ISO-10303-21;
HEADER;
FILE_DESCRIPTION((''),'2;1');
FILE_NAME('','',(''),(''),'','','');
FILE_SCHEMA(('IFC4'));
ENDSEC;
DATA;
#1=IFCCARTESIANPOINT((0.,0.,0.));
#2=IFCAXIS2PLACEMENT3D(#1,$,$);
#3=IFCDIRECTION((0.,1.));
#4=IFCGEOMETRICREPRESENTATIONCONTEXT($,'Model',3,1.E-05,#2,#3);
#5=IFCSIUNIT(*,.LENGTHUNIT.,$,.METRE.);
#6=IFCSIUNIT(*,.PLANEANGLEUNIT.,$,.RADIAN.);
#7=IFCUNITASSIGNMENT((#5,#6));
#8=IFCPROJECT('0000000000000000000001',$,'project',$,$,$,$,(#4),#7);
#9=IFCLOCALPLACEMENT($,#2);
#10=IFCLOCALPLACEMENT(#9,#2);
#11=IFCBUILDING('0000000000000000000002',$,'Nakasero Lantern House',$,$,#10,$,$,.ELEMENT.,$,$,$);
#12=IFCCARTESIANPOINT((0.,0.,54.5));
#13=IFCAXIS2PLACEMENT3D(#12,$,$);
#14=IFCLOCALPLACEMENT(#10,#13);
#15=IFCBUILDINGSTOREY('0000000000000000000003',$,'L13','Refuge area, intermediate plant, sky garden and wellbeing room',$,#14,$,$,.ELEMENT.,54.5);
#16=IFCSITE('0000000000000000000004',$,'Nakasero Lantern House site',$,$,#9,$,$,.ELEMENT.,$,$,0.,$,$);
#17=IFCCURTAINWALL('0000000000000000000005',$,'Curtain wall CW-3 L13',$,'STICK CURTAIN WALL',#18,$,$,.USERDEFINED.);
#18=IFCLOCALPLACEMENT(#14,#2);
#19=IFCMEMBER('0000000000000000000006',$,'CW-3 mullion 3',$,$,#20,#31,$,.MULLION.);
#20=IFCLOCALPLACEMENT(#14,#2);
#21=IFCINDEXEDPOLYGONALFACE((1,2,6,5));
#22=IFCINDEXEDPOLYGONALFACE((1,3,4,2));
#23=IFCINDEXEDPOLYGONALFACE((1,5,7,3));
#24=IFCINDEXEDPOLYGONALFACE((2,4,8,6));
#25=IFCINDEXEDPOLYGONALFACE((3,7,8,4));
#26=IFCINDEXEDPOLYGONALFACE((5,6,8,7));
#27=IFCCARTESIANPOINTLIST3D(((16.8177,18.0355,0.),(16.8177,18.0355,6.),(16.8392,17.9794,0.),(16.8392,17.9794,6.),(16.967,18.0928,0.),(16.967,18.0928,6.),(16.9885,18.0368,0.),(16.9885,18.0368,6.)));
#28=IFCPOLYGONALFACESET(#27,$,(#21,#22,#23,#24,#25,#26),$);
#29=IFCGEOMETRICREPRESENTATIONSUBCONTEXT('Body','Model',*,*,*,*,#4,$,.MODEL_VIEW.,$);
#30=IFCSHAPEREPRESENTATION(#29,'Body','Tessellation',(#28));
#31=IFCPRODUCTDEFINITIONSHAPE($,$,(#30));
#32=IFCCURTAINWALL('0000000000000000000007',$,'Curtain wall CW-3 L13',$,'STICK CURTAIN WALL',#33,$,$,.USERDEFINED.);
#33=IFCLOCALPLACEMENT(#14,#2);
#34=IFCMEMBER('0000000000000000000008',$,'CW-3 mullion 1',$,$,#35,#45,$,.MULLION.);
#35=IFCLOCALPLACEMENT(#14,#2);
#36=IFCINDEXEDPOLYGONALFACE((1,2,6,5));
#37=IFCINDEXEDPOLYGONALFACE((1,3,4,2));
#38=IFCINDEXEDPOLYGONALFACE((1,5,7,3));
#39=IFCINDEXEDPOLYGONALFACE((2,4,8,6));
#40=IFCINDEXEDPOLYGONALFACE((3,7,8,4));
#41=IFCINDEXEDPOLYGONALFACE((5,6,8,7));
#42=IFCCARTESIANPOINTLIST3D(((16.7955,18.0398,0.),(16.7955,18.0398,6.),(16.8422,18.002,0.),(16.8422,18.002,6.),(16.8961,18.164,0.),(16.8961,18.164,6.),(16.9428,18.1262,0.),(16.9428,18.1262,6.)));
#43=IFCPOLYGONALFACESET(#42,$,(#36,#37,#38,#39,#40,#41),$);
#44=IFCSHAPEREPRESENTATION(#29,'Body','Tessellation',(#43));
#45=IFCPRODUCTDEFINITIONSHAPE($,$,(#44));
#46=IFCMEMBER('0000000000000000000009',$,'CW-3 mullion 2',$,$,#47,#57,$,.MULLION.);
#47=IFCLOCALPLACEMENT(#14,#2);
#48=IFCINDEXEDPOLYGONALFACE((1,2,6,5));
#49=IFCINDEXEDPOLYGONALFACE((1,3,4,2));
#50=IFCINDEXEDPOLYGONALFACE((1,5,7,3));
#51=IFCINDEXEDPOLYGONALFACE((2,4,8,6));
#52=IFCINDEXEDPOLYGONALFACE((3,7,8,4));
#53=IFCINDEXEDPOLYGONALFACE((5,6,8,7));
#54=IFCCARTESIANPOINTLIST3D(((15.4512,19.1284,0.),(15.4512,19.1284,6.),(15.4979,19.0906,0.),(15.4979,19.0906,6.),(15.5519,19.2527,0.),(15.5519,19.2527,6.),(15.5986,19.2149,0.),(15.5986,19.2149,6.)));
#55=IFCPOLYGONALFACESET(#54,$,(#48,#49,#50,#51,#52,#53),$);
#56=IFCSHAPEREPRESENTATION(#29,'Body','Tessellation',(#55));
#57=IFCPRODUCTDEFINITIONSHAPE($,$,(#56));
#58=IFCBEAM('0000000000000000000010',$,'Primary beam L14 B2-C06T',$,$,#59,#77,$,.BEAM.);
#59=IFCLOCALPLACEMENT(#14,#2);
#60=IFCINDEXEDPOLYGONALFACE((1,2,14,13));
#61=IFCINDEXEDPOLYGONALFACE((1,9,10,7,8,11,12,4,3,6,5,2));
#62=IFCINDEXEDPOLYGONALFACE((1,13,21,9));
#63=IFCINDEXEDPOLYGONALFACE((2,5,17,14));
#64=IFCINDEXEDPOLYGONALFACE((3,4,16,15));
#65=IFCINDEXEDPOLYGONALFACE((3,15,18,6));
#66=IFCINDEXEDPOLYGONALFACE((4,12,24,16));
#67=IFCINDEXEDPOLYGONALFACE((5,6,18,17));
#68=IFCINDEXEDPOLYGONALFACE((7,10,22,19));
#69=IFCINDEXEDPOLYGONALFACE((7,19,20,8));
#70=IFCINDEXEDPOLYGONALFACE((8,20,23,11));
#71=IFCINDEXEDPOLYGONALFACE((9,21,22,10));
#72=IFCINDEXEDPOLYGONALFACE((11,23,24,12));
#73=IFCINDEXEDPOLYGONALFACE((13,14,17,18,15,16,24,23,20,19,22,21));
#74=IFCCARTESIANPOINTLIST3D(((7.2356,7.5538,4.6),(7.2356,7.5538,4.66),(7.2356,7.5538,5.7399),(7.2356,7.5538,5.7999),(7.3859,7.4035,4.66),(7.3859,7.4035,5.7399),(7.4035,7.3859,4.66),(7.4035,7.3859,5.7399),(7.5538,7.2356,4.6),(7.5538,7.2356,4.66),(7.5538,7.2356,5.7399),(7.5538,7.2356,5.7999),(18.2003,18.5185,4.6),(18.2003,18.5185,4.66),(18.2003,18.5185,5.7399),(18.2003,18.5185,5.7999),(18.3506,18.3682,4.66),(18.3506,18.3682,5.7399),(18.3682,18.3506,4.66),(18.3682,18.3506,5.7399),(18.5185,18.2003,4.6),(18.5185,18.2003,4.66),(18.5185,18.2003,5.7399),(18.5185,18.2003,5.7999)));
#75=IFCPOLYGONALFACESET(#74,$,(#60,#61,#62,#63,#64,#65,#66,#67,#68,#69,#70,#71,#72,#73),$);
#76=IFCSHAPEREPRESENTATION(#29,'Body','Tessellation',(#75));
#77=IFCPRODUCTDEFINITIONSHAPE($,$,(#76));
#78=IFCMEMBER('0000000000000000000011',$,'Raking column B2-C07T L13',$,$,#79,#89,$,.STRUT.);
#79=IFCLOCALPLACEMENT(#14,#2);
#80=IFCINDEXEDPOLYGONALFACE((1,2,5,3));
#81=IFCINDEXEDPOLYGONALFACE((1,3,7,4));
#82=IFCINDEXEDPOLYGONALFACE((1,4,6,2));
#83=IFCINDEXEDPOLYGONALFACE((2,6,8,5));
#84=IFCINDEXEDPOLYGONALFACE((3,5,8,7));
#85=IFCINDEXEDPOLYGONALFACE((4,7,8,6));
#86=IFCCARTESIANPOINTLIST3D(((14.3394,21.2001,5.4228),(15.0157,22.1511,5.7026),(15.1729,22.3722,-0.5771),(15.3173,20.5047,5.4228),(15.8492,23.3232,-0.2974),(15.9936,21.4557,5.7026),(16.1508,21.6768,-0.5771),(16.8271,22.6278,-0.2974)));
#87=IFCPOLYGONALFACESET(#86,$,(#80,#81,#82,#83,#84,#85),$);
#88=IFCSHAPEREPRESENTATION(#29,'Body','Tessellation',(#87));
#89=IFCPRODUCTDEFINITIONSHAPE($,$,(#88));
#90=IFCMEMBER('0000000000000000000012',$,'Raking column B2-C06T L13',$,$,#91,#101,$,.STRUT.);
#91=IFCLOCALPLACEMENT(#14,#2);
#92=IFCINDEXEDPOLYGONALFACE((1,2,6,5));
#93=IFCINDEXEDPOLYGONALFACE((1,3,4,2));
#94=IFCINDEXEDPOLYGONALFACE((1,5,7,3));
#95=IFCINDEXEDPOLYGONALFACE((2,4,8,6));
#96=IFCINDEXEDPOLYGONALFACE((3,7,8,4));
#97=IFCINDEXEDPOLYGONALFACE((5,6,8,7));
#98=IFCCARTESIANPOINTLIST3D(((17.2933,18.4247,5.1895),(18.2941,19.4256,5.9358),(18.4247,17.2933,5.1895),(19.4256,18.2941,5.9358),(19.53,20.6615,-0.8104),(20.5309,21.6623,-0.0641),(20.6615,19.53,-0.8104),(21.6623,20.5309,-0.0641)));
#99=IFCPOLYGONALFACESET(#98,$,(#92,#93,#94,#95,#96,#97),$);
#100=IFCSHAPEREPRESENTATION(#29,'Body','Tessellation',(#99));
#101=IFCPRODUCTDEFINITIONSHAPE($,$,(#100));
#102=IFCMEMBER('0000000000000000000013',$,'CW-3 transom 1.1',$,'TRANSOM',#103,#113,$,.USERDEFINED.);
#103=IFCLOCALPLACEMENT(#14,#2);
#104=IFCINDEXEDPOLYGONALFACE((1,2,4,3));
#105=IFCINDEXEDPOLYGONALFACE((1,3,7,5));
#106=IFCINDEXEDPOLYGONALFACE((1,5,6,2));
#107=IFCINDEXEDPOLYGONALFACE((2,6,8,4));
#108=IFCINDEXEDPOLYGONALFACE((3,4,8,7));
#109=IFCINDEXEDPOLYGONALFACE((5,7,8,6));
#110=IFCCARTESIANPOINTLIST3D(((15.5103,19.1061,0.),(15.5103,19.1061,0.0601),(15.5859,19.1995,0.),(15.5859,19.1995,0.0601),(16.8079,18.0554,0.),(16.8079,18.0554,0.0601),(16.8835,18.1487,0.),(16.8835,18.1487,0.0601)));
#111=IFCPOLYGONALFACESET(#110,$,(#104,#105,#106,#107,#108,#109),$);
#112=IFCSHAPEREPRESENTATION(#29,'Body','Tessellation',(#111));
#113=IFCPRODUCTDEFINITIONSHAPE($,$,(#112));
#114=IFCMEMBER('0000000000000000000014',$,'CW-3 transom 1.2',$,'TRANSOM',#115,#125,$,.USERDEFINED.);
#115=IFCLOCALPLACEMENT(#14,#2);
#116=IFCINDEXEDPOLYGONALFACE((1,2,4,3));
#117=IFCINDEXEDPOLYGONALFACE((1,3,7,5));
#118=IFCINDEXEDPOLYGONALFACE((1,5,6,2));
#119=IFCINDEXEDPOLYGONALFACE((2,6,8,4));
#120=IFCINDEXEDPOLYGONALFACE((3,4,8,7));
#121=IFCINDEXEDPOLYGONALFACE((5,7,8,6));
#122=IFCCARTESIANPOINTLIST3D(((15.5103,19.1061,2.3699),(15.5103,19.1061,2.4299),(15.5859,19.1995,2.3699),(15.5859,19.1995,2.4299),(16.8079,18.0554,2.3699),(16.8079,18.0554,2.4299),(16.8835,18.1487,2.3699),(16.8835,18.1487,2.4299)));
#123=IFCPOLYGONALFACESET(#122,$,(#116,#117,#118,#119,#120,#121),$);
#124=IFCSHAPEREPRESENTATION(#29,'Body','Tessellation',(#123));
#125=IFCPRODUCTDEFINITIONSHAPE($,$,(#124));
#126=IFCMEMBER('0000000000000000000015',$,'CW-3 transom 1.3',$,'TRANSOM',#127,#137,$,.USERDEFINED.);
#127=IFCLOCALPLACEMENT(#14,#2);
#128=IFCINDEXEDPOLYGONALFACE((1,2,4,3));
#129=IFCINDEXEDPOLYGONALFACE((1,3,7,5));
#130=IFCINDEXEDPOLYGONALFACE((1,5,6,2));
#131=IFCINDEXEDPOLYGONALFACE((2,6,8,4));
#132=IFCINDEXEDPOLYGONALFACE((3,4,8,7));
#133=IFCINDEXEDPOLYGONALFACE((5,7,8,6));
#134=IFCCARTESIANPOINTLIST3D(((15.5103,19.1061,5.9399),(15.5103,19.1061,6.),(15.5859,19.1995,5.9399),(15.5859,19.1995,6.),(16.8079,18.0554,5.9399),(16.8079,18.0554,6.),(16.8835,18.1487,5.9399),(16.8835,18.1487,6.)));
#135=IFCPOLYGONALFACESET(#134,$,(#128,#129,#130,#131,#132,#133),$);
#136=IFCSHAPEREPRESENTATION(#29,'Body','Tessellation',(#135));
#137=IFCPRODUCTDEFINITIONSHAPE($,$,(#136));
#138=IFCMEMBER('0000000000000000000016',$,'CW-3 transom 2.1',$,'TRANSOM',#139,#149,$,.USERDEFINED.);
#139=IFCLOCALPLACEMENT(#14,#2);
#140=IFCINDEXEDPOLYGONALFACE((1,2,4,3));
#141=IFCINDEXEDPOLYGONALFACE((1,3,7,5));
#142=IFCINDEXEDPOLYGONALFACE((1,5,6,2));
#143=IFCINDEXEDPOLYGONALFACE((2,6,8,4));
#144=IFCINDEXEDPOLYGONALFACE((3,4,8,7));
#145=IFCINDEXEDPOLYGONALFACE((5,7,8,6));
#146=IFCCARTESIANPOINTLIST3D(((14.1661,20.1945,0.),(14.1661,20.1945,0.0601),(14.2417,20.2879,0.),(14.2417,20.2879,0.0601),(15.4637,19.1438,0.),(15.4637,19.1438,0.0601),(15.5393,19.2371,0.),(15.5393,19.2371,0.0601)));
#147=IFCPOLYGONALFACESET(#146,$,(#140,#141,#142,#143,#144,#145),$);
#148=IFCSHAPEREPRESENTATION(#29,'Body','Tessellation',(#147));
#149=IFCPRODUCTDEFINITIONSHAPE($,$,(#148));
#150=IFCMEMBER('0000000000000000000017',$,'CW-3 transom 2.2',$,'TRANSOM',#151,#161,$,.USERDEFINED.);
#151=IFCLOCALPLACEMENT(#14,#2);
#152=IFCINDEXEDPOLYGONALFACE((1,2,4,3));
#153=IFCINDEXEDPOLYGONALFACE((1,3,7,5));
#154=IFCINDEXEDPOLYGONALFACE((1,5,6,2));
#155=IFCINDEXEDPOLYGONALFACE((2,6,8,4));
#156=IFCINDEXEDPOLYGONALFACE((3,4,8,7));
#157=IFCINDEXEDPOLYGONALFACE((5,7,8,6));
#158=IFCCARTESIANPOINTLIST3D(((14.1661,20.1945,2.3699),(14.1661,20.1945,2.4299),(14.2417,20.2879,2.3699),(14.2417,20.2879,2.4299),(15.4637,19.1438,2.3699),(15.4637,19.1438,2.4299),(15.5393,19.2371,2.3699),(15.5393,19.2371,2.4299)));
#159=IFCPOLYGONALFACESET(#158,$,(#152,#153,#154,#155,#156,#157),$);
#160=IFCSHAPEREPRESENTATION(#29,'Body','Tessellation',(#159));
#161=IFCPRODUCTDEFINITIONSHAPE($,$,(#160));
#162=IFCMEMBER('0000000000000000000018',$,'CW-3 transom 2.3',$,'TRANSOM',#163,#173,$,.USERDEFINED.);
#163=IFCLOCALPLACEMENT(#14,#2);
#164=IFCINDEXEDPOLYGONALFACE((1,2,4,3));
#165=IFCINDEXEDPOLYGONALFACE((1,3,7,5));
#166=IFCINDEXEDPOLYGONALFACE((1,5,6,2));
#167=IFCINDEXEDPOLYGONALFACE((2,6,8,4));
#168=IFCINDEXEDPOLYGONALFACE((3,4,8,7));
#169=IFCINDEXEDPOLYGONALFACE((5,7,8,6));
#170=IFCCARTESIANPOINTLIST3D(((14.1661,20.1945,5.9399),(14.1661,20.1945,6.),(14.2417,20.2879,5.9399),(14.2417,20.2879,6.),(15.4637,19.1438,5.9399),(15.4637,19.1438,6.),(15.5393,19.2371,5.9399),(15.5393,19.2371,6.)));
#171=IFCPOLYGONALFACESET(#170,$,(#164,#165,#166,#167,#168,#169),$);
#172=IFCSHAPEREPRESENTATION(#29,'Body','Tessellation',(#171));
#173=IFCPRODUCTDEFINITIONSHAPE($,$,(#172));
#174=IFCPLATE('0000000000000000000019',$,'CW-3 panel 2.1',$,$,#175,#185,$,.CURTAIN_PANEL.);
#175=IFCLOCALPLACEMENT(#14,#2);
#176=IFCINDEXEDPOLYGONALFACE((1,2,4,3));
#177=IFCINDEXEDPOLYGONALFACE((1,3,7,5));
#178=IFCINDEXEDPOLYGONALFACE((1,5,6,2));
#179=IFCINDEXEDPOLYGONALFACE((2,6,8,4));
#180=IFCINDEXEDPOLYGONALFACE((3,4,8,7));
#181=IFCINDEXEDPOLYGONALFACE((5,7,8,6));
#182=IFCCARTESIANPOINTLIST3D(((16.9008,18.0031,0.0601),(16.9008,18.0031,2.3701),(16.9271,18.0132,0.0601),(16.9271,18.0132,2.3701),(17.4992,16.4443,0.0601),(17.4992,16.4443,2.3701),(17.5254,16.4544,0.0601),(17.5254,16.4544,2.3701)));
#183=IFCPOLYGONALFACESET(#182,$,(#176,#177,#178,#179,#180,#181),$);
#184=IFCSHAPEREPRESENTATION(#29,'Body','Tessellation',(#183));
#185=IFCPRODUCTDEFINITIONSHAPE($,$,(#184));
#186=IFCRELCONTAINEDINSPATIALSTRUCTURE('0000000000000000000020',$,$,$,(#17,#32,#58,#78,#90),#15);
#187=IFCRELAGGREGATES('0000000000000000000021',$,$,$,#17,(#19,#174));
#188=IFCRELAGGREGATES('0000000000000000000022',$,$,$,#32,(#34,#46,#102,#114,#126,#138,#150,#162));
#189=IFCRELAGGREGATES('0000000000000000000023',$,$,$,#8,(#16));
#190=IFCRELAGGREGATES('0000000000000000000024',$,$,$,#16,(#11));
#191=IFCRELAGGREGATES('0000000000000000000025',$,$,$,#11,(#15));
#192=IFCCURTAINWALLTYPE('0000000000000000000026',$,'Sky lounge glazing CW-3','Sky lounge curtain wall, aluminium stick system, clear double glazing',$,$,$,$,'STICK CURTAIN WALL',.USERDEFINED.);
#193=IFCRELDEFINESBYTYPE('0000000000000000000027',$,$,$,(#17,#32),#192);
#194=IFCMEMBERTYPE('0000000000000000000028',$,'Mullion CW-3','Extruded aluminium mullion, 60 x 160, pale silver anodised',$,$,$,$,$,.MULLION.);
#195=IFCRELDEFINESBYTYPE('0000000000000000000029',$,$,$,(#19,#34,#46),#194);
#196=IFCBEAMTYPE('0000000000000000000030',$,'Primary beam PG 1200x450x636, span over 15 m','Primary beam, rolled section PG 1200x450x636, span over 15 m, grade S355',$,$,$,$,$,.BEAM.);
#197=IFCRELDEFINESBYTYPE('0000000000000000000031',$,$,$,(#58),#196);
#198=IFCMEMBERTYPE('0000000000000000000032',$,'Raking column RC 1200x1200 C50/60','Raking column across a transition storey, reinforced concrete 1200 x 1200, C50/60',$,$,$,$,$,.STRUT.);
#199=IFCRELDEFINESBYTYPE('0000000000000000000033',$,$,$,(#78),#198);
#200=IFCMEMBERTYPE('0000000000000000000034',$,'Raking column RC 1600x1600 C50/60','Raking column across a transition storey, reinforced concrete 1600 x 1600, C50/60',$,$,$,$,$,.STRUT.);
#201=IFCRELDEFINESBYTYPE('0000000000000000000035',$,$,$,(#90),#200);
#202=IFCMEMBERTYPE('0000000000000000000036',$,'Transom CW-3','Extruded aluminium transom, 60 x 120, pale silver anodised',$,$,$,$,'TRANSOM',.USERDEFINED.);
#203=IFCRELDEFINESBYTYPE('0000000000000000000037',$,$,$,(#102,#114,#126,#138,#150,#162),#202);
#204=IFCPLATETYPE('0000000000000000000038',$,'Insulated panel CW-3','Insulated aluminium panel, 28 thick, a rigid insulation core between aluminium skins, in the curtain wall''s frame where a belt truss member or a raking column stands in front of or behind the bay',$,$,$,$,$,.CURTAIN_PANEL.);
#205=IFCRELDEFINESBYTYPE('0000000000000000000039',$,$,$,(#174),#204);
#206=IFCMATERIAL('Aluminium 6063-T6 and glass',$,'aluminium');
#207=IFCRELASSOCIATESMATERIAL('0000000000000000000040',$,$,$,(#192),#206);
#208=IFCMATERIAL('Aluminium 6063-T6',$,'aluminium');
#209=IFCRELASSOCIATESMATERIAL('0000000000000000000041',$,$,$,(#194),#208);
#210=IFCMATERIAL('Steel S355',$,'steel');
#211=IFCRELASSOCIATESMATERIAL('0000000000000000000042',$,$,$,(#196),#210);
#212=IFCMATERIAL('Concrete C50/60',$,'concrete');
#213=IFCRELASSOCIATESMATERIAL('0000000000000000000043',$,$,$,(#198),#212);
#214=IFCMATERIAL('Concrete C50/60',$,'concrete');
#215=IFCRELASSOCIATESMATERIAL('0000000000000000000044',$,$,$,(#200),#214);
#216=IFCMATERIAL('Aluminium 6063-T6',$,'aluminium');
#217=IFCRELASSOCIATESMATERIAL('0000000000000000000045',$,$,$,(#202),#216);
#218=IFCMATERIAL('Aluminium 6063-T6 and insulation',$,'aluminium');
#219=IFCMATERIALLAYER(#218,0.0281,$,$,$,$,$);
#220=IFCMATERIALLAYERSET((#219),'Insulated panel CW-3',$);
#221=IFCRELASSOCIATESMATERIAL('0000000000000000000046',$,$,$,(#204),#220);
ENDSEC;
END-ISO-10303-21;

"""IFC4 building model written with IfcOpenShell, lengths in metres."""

from ifc_helpers import new_model, si_unit, direction, frame, origin, origin_2d, place, context, subcontext, project, spatial, rectangle, i_section, extrude, material, layer, layer_set, material_profile, profile_set, type_object, element, aggregate, save


model = new_model("IFC4")

# Units and contexts
model_context = context("Model", 3, precision=1e-05, world=origin(), true_north=direction((0.0, 1.0)))
body_context = subcontext(model_context, "Body", "Model", "MODEL_VIEW")
ifc_project = project(units=[si_unit("LENGTHUNIT", "METRE"), si_unit("PLANEANGLEUNIT", "RADIAN")], contexts=[model_context])

# Site, building, storey
site_placement = place(None, origin())
site = spatial("IfcSite", under=ifc_project, at=site_placement, Name="Nakasero Lantern House site", CompositionType="ELEMENT", RefElevation=0.0)
building_placement = place(site_placement, origin())
building = spatial("IfcBuilding", under=site, at=building_placement, Name="Nakasero Lantern House", CompositionType="ELEMENT")
storey_placement = place(building_placement, frame((0.0, 0.0, 54.5)))
storey = spatial("IfcBuildingStorey", under=building, at=storey_placement, Name="L13", Description="Refuge area, intermediate plant, sky garden and wellbeing room", CompositionType="ELEMENT", Elevation=54.5)

# Curtain wall, member
ifc_material_1 = material(Name="Aluminium 6063-T6 and glass", Category="aluminium")
curtain_wall_type = type_object("IfcCurtainWallType", Name="Sky lounge glazing CW-3", Description="Sky lounge curtain wall, aluminium stick system, clear double glazing", ElementType="STICK CURTAIN WALL", PredefinedType="USERDEFINED", material=ifc_material_1)
curtain_wall_1_placement = place(storey_placement, origin())
curtain_wall_1 = element("IfcCurtainWall", 1, at=curtain_wall_1_placement, inside=storey, type_object=curtain_wall_type, Name="Curtain wall CW-3 L13", ObjectType="STICK CURTAIN WALL", PredefinedType="USERDEFINED")
ifc_material_2 = material(Name="Aluminium 6063-T6", Category="aluminium")
ifc_material_profile_1 = material_profile(ifc_material_2, rectangle(XDim=0.0601, YDim=0.1599, at=origin_2d()), Name="CW-3 mullion 60x160")
ifc_profile_set_1 = profile_set([ifc_material_profile_1], Name="Aluminium 6063-T6")
member_type_1 = type_object("IfcMemberType", Name="Mullion CW-3", Description="Extruded aluminium mullion, 60 x 160, pale silver anodised", PredefinedType="MULLION", material=ifc_profile_set_1)
member_1_placement = place(storey_placement, frame((16.9031, 18.0361, 0.0), z_axis=(0.0, 0.0, 1.0), x_axis=(-0.358368, 0.93358, 0.0)))
member_1 = element("IfcMember", 2, at=member_1_placement, type_object=member_type_1, Name="CW-3 mullion 3", PredefinedType="MULLION", context=body_context, shape_type="SweptSolid", body=[
    extrude(rectangle(XDim=0.0601, YDim=0.1599, at=origin_2d()), origin(), (0.0, 0.0, 1.0), 6.0),
])

# Curtain wall, members
curtain_wall_2_placement = place(storey_placement, origin())
curtain_wall_2 = element("IfcCurtainWall", 3, at=curtain_wall_2_placement, inside=storey, type_object=curtain_wall_type, Name="Curtain wall CW-3 L13", ObjectType="STICK CURTAIN WALL", PredefinedType="USERDEFINED")
member_2_placement = place(storey_placement, frame((16.8691, 18.083, 0.0), z_axis=(0.0, 0.0, 1.0), x_axis=(-0.777146, 0.62932, 0.0)))
member_2 = element("IfcMember", 4, at=member_2_placement, type_object=member_type_1, Name="CW-3 mullion 1", PredefinedType="MULLION", context=body_context, shape_type="SweptSolid", body=[
    extrude(rectangle(XDim=0.0601, YDim=0.1599, at=origin_2d()), origin(), (0.0, 0.0, 1.0), 6.0),
])
member_3_placement = place(storey_placement, frame((15.5249, 19.1716, 0.0), z_axis=(0.0, 0.0, 1.0), x_axis=(-0.777146, 0.62932, 0.0)))
member_3 = element("IfcMember", 5, at=member_3_placement, type_object=member_type_1, Name="CW-3 mullion 2", PredefinedType="MULLION", context=body_context, shape_type="SweptSolid", body=[
    extrude(rectangle(XDim=0.0601, YDim=0.1599, at=origin_2d()), origin(), (0.0, 0.0, 1.0), 6.0),
])

# Beam
ifc_material_3 = material(Name="Steel S355", Category="steel")
ifc_material_profile_2 = material_profile(ifc_material_3, i_section(OverallWidth=0.45, OverallDepth=1.2, WebThickness=0.0249, FlangeThickness=0.0601, at=origin_2d()), Name="PG 1200x450x636")
ifc_profile_set_2 = profile_set([ifc_material_profile_2], Name="Steel S355")
beam_type = type_object("IfcBeamType", Name="Primary beam PG 1200x450x636, span over 15 m", Description="Primary beam, rolled section PG 1200x450x636, span over 15 m, grade S355", PredefinedType="BEAM", material=ifc_profile_set_2)
beam_placement = place(storey_placement, frame((18.3594, 18.3594, 5.2), z_axis=(-0.707107, -0.707107, 0.0), x_axis=(0.707107, -0.707107, 0.0)))
element("IfcBeam", 6, at=beam_placement, inside=storey, type_object=beam_type, Name="Primary beam L14 B2-C06T", PredefinedType="BEAM", context=body_context, shape_type="SweptSolid", body=[
    extrude(i_section(OverallWidth=0.45, OverallDepth=1.2, WebThickness=0.0249, FlangeThickness=0.0601, at=origin_2d()), origin(), (0.0, 0.0, 1.0), 15.5063),
])

# Members
ifc_material_4 = material(Name="Concrete C50/60", Category="concrete")
ifc_material_profile_3 = material_profile(ifc_material_4, rectangle(XDim=1.2, YDim=1.2, at=origin_2d()), Name="RC 1200x1200")
ifc_profile_set_3 = profile_set([ifc_material_profile_3], Name="Concrete C50/60")
member_type_2 = type_object("IfcMemberType", Name="Raking column RC 1200x1200 C50/60", Description="Raking column across a transition storey, reinforced concrete 1200 x 1200, C50/60", PredefinedType="STRUT", material=ifc_profile_set_3)
member_4_placement = place(storey_placement, frame((16.0, 22.5, -0.4373), z_axis=(-0.135089, -0.189971, 0.972451), x_axis=(0.814959, -0.579519, 0.0)))
element("IfcMember", 7, at=member_4_placement, inside=storey, type_object=member_type_2, Name="Raking column B2-C07T L13", PredefinedType="STRUT", context=body_context, shape_type="SweptSolid", body=[
    extrude(rectangle(XDim=1.2, YDim=1.2, at=origin_2d()), origin(), (0.0, 0.0, 1.0), 6.1699),
])
ifc_material_5 = material(Name="Concrete C50/60", Category="concrete")
ifc_material_profile_4 = material_profile(ifc_material_5, rectangle(XDim=1.6001, YDim=1.6001, at=origin_2d()), Name="RC 1600x1600")
ifc_profile_set_4 = profile_set([ifc_material_profile_4], Name="Concrete C50/60")
member_type_3 = type_object("IfcMemberType", Name="Raking column RC 1600x1600 C50/60", Description="Raking column across a transition storey, reinforced concrete 1600 x 1600, C50/60", PredefinedType="STRUT", material=ifc_profile_set_4)
member_5_placement = place(storey_placement, frame((20.5962, 20.5962, -0.4373), z_axis=(-0.329777, -0.329777, 0.884587), x_axis=(0.707107, -0.707107, 0.0)))
element("IfcMember", 8, at=member_5_placement, inside=storey, type_object=member_type_3, Name="Raking column B2-C06T L13", PredefinedType="STRUT", context=body_context, shape_type="SweptSolid", body=[
    extrude(rectangle(XDim=1.6001, YDim=1.6001, at=origin_2d()), origin(), (0.0, 0.0, 1.0), 6.7827),
])

# Members
ifc_material_6 = material(Name="Aluminium 6063-T6", Category="aluminium")
ifc_material_profile_5 = material_profile(ifc_material_6, rectangle(XDim=0.0601, YDim=0.1201, at=origin_2d()), Name="CW-3 transom 60x120")
ifc_profile_set_5 = profile_set([ifc_material_profile_5], Name="Aluminium 6063-T6")
member_type_4 = type_object("IfcMemberType", Name="Transom CW-3", Description="Extruded aluminium transom, 60 x 120, pale silver anodised", ElementType="TRANSOM", PredefinedType="USERDEFINED", material=ifc_profile_set_5)
member_6_placement = place(storey_placement, frame((16.8457, 18.1021, 0.03), z_axis=(-0.777146, 0.62932, 0.0), x_axis=(0.0, 0.0, 1.0)))
member_6 = element("IfcMember", 9, at=member_6_placement, type_object=member_type_4, Name="CW-3 transom 1.1", ObjectType="TRANSOM", PredefinedType="USERDEFINED", context=body_context, shape_type="SweptSolid", body=[
    extrude(rectangle(XDim=0.0601, YDim=0.1201, at=origin_2d()), origin(), (0.0, 0.0, 1.0), 1.6697),
])
member_7_placement = place(storey_placement, frame((16.8457, 18.1021, 2.3999), z_axis=(-0.777146, 0.62932, 0.0), x_axis=(0.0, 0.0, 1.0)))
member_7 = element("IfcMember", 10, at=member_7_placement, type_object=member_type_4, Name="CW-3 transom 1.2", ObjectType="TRANSOM", PredefinedType="USERDEFINED", context=body_context, shape_type="SweptSolid", body=[
    extrude(rectangle(XDim=0.0601, YDim=0.1201, at=origin_2d()), origin(), (0.0, 0.0, 1.0), 1.6697),
])
member_8_placement = place(storey_placement, frame((16.8457, 18.1021, 5.97), z_axis=(-0.777146, 0.62932, 0.0), x_axis=(0.0, 0.0, 1.0)))
member_8 = element("IfcMember", 11, at=member_8_placement, type_object=member_type_4, Name="CW-3 transom 1.3", ObjectType="TRANSOM", PredefinedType="USERDEFINED", context=body_context, shape_type="SweptSolid", body=[
    extrude(rectangle(XDim=0.0601, YDim=0.1201, at=origin_2d()), origin(), (0.0, 0.0, 1.0), 1.6697),
])
member_9_placement = place(storey_placement, frame((15.5015, 19.1904, 0.03), z_axis=(-0.777146, 0.62932, 0.0), x_axis=(0.0, 0.0, 1.0)))
member_9 = element("IfcMember", 12, at=member_9_placement, type_object=member_type_4, Name="CW-3 transom 2.1", ObjectType="TRANSOM", PredefinedType="USERDEFINED", context=body_context, shape_type="SweptSolid", body=[
    extrude(rectangle(XDim=0.0601, YDim=0.1201, at=origin_2d()), origin(), (0.0, 0.0, 1.0), 1.6697),
])
member_10_placement = place(storey_placement, frame((15.5015, 19.1904, 2.3999), z_axis=(-0.777146, 0.62932, 0.0), x_axis=(0.0, 0.0, 1.0)))
member_10 = element("IfcMember", 13, at=member_10_placement, type_object=member_type_4, Name="CW-3 transom 2.2", ObjectType="TRANSOM", PredefinedType="USERDEFINED", context=body_context, shape_type="SweptSolid", body=[
    extrude(rectangle(XDim=0.0601, YDim=0.1201, at=origin_2d()), origin(), (0.0, 0.0, 1.0), 1.6697),
])
member_11_placement = place(storey_placement, frame((15.5015, 19.1904, 5.97), z_axis=(-0.777146, 0.62932, 0.0), x_axis=(0.0, 0.0, 1.0)))
member_11 = element("IfcMember", 14, at=member_11_placement, type_object=member_type_4, Name="CW-3 transom 2.3", ObjectType="TRANSOM", PredefinedType="USERDEFINED", context=body_context, shape_type="SweptSolid", body=[
    extrude(rectangle(XDim=0.0601, YDim=0.1201, at=origin_2d()), origin(), (0.0, 0.0, 1.0), 1.6697),
])

# Plate
ifc_material_7 = material(Name="Aluminium 6063-T6 and insulation", Category="aluminium")
ifc_layer_1 = layer(ifc_material_7, 0.0281)
ifc_layer_set_1 = layer_set([ifc_layer_1], Name="Insulated panel CW-3")
plate_type = type_object("IfcPlateType", Name="Insulated panel CW-3", Description="Insulated aluminium panel, 28 thick, a rigid insulation core between aluminium skins, in the curtain wall's frame where a belt truss member or a raking column stands in front of or behind the bay", PredefinedType="CURTAIN_PANEL", material=ifc_layer_set_1)
plate_1_placement = place(storey_placement, frame((17.2131, 17.2288, 0.0601), z_axis=(0.0, 0.0, 1.0), x_axis=(-0.358368, 0.93358, 0.0)))
plate_1 = element("IfcPlate", 15, at=plate_1_placement, type_object=plate_type, Name="CW-3 panel 2.1", PredefinedType="CURTAIN_PANEL", context=body_context, shape_type="SweptSolid", body=[
    extrude(rectangle(XDim=1.6697, YDim=0.0281, at=origin_2d()), origin(), (0.0, 0.0, 1.0), 2.3101),
])
aggregate(curtain_wall_1, [member_1, plate_1])
aggregate(curtain_wall_2, [member_2, member_3, member_6, member_7, member_8, member_9, member_10, member_11])

save(model, "model.ifc")
